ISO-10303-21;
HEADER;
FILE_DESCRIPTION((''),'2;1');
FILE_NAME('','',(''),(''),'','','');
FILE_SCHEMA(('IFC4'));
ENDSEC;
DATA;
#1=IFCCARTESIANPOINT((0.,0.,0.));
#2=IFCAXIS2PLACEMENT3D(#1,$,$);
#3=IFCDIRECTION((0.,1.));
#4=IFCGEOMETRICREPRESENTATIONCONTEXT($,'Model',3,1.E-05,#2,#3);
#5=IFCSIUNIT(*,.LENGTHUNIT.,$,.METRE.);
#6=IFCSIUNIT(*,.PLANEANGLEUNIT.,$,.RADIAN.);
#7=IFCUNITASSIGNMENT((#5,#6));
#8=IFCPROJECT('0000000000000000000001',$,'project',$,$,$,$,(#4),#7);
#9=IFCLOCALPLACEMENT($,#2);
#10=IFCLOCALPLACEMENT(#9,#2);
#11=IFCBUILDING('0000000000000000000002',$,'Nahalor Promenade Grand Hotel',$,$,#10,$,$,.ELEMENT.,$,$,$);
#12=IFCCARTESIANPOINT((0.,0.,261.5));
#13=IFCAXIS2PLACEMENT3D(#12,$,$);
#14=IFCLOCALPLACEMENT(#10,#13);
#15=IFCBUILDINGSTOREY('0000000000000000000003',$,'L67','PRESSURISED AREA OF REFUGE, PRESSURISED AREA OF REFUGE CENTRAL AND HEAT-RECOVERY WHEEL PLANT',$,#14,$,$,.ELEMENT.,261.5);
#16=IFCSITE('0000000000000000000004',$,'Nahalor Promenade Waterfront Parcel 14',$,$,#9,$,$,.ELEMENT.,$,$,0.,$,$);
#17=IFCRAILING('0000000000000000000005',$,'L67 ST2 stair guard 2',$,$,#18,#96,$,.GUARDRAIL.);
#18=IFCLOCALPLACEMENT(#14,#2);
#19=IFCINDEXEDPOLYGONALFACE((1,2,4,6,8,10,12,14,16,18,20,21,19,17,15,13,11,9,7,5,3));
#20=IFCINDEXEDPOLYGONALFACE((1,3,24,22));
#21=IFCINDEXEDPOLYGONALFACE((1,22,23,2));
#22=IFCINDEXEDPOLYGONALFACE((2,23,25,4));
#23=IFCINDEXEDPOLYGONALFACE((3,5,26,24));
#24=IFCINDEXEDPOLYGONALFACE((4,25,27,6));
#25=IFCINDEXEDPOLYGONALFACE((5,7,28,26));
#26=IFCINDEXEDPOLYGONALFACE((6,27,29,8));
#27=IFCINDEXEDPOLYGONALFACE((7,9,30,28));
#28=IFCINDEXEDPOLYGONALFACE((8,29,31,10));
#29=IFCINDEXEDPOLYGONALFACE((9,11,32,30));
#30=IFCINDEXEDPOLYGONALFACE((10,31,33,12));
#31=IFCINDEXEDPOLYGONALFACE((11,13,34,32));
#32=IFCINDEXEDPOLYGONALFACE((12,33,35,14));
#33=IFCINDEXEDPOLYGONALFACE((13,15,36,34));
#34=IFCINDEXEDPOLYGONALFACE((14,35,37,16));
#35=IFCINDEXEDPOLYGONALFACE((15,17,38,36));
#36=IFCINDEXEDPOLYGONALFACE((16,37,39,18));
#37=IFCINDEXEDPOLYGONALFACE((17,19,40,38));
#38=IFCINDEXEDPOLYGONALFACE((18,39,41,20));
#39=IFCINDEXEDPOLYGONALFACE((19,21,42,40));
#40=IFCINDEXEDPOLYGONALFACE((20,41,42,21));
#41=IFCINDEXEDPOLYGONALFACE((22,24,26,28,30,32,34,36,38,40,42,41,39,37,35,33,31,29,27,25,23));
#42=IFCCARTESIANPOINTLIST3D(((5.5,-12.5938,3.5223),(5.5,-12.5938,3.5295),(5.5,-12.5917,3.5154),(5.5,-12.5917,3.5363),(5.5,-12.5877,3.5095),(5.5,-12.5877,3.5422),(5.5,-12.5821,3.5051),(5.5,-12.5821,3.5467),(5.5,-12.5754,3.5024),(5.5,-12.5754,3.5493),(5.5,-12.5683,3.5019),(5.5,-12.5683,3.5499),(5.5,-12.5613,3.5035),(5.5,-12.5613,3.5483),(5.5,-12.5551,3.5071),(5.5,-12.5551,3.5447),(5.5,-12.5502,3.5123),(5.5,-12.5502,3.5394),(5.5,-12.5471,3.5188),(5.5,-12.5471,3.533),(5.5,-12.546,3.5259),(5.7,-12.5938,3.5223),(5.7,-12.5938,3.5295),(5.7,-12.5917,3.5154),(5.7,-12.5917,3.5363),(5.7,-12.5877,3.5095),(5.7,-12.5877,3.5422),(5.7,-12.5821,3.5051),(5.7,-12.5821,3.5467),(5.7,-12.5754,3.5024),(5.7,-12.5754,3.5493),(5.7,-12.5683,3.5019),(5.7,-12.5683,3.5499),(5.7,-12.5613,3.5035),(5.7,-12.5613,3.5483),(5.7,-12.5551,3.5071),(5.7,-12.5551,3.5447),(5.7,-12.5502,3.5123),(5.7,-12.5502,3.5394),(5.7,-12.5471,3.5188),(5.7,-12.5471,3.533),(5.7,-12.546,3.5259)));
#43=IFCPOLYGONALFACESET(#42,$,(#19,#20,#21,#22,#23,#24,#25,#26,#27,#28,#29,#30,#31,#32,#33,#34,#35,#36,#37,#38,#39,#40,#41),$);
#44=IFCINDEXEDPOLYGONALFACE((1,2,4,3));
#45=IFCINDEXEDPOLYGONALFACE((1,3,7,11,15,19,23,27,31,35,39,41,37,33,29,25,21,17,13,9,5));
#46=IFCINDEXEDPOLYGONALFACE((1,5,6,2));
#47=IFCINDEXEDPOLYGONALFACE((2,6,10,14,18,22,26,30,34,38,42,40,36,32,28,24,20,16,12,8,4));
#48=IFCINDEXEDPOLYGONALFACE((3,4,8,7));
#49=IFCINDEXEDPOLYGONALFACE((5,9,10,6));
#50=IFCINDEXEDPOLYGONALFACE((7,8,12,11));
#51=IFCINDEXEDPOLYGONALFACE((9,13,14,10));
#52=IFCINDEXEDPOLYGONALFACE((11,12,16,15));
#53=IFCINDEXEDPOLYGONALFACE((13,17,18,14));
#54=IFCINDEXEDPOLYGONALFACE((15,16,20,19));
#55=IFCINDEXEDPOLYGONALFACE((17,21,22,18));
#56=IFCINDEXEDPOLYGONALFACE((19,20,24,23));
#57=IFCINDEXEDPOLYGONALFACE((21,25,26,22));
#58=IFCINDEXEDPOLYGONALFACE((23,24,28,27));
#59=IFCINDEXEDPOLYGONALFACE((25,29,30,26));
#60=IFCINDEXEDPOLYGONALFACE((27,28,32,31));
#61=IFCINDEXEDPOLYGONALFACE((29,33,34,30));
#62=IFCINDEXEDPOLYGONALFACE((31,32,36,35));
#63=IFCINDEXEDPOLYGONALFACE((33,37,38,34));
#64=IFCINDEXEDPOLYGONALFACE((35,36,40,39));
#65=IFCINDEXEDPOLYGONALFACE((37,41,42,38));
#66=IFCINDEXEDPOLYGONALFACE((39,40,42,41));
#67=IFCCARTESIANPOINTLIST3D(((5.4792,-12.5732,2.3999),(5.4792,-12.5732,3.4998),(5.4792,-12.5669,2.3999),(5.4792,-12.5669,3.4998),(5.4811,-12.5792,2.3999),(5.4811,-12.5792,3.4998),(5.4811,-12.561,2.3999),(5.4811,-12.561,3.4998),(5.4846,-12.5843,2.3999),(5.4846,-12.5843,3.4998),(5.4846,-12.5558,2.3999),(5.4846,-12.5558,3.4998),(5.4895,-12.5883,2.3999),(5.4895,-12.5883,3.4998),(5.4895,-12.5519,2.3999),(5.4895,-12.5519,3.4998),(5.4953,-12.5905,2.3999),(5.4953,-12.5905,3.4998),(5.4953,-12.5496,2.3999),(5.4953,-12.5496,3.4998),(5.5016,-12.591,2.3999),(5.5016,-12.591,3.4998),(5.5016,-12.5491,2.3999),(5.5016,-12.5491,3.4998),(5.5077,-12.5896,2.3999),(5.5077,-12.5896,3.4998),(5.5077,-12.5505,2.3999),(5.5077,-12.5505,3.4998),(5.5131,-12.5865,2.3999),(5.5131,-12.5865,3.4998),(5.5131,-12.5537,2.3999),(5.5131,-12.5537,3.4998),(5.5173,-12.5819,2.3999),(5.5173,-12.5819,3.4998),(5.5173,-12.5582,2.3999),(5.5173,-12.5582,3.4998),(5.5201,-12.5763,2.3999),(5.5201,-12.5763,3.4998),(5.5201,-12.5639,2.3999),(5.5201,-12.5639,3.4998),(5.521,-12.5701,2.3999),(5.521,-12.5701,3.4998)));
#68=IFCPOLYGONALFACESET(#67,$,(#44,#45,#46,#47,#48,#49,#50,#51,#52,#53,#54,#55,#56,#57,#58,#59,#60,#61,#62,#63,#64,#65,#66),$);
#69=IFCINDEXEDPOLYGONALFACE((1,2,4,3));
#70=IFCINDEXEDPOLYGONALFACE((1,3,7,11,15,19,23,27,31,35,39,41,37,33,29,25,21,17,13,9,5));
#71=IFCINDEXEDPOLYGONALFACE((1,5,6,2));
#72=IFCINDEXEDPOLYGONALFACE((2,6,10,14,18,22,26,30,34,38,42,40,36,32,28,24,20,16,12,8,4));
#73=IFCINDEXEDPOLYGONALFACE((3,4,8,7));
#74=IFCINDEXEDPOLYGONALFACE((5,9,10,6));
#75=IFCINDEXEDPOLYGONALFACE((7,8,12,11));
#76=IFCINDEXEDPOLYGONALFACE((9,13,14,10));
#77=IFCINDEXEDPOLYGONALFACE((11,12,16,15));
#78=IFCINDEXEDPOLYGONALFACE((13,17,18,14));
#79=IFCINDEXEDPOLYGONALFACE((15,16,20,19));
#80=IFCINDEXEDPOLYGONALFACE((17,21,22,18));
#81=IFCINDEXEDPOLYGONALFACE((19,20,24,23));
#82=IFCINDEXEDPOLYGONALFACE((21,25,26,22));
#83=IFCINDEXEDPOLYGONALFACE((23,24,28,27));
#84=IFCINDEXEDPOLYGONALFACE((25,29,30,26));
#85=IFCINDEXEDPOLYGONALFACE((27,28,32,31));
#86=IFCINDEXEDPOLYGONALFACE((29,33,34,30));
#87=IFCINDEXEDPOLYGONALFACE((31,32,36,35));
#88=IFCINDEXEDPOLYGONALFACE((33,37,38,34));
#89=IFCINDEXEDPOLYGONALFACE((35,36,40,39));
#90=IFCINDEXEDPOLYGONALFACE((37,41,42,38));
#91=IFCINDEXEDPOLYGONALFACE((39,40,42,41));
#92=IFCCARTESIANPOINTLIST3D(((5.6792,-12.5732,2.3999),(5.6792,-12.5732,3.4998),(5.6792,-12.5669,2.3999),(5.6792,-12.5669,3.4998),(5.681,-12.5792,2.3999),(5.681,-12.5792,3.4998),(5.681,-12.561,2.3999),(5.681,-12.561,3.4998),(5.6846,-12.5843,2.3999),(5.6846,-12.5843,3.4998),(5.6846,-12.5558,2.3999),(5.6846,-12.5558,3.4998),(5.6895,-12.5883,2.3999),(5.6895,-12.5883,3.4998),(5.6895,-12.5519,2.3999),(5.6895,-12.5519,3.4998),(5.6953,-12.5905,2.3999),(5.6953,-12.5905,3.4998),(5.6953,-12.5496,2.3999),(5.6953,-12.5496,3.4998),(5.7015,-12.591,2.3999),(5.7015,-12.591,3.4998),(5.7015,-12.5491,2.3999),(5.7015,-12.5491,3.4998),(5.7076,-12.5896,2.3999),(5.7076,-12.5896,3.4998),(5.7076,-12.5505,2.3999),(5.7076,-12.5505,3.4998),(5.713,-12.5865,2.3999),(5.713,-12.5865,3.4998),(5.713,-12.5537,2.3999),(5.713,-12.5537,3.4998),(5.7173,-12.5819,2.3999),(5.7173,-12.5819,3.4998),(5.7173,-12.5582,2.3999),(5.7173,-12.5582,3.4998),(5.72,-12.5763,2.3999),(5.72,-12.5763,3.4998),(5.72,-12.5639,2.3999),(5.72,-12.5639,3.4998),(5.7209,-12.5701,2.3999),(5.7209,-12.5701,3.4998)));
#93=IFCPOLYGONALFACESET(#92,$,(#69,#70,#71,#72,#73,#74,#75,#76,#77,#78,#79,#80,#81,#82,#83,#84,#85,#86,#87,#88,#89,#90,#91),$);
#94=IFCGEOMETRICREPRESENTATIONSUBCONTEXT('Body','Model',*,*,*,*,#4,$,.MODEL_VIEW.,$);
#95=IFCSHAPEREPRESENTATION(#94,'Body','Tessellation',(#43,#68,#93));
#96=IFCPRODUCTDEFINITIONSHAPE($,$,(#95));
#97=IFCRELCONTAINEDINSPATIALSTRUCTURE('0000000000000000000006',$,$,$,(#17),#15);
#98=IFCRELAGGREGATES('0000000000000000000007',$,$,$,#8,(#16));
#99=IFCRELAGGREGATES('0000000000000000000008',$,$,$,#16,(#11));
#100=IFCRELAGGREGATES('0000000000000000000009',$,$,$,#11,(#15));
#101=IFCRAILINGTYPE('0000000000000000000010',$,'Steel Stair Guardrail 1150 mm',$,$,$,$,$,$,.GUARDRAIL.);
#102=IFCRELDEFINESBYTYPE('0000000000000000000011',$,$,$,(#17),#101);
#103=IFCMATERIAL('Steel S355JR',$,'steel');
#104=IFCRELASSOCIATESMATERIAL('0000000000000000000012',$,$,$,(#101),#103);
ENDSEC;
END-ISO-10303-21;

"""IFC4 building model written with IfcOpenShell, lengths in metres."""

from ifc_helpers import new_model, si_unit, direction, frame, origin, origin_2d, place, context, subcontext, project, spatial, circle, extrude, material, type_object, element, save


model = new_model("IFC4")

# Units and contexts
model_context = context("Model", 3, precision=1e-05, world=origin(), true_north=direction((0.0, 1.0)))
body_context = subcontext(model_context, "Body", "Model", "MODEL_VIEW")
ifc_project = project(units=[si_unit("LENGTHUNIT", "METRE"), si_unit("PLANEANGLEUNIT", "RADIAN")], contexts=[model_context])

# Site, building, storey
site_placement = place(None, origin())
site = spatial("IfcSite", under=ifc_project, at=site_placement, Name="Nahalor Promenade Waterfront Parcel 14", CompositionType="ELEMENT", RefElevation=0.0)
building_placement = place(site_placement, origin())
building = spatial("IfcBuilding", under=site, at=building_placement, Name="Nahalor Promenade Grand Hotel", CompositionType="ELEMENT")
storey_placement = place(building_placement, frame((0.0, 0.0, 261.5)))
storey = spatial("IfcBuildingStorey", under=building, at=storey_placement, Name="L67", Description="PRESSURISED AREA OF REFUGE, PRESSURISED AREA OF REFUGE CENTRAL AND HEAT-RECOVERY WHEEL PLANT", CompositionType="ELEMENT", Elevation=261.5)

# Shared definitions
ifc_material_1 = material(Name="Steel S355JR", Category="steel")

# Railing
railing_type_1 = type_object("IfcRailingType", Name="Steel Stair Guardrail 1150 mm", PredefinedType="GUARDRAIL", material=ifc_material_1)
railing_1_placement = place(storey_placement, frame((5.5, -12.5701, 2.3999)))
element("IfcRailing", 1, at=railing_1_placement, inside=storey, type_object=railing_type_1, Name="L67 ST2 stair guard 2", PredefinedType="GUARDRAIL", context=body_context, shape_type="SweptSolid", body=[
    extrude(circle(Radius=0.024, at=origin_2d()), frame((0.0, 0.0, 1.126), z_axis=(1.0, 0.0, 0.0), x_axis=(0.0, 1.0, 0.0)), (0.0, 0.0, 1.0), 0.2),
    extrude(circle(Radius=0.021, at=origin_2d()), origin(), (0.0, 0.0, 1.0), 1.0999),
    extrude(circle(Radius=0.021, at=origin_2d()), frame((0.2, 0.0, 0.0)), (0.0, 0.0, 1.0), 1.0999),
])

save(model, "model.ifc")
